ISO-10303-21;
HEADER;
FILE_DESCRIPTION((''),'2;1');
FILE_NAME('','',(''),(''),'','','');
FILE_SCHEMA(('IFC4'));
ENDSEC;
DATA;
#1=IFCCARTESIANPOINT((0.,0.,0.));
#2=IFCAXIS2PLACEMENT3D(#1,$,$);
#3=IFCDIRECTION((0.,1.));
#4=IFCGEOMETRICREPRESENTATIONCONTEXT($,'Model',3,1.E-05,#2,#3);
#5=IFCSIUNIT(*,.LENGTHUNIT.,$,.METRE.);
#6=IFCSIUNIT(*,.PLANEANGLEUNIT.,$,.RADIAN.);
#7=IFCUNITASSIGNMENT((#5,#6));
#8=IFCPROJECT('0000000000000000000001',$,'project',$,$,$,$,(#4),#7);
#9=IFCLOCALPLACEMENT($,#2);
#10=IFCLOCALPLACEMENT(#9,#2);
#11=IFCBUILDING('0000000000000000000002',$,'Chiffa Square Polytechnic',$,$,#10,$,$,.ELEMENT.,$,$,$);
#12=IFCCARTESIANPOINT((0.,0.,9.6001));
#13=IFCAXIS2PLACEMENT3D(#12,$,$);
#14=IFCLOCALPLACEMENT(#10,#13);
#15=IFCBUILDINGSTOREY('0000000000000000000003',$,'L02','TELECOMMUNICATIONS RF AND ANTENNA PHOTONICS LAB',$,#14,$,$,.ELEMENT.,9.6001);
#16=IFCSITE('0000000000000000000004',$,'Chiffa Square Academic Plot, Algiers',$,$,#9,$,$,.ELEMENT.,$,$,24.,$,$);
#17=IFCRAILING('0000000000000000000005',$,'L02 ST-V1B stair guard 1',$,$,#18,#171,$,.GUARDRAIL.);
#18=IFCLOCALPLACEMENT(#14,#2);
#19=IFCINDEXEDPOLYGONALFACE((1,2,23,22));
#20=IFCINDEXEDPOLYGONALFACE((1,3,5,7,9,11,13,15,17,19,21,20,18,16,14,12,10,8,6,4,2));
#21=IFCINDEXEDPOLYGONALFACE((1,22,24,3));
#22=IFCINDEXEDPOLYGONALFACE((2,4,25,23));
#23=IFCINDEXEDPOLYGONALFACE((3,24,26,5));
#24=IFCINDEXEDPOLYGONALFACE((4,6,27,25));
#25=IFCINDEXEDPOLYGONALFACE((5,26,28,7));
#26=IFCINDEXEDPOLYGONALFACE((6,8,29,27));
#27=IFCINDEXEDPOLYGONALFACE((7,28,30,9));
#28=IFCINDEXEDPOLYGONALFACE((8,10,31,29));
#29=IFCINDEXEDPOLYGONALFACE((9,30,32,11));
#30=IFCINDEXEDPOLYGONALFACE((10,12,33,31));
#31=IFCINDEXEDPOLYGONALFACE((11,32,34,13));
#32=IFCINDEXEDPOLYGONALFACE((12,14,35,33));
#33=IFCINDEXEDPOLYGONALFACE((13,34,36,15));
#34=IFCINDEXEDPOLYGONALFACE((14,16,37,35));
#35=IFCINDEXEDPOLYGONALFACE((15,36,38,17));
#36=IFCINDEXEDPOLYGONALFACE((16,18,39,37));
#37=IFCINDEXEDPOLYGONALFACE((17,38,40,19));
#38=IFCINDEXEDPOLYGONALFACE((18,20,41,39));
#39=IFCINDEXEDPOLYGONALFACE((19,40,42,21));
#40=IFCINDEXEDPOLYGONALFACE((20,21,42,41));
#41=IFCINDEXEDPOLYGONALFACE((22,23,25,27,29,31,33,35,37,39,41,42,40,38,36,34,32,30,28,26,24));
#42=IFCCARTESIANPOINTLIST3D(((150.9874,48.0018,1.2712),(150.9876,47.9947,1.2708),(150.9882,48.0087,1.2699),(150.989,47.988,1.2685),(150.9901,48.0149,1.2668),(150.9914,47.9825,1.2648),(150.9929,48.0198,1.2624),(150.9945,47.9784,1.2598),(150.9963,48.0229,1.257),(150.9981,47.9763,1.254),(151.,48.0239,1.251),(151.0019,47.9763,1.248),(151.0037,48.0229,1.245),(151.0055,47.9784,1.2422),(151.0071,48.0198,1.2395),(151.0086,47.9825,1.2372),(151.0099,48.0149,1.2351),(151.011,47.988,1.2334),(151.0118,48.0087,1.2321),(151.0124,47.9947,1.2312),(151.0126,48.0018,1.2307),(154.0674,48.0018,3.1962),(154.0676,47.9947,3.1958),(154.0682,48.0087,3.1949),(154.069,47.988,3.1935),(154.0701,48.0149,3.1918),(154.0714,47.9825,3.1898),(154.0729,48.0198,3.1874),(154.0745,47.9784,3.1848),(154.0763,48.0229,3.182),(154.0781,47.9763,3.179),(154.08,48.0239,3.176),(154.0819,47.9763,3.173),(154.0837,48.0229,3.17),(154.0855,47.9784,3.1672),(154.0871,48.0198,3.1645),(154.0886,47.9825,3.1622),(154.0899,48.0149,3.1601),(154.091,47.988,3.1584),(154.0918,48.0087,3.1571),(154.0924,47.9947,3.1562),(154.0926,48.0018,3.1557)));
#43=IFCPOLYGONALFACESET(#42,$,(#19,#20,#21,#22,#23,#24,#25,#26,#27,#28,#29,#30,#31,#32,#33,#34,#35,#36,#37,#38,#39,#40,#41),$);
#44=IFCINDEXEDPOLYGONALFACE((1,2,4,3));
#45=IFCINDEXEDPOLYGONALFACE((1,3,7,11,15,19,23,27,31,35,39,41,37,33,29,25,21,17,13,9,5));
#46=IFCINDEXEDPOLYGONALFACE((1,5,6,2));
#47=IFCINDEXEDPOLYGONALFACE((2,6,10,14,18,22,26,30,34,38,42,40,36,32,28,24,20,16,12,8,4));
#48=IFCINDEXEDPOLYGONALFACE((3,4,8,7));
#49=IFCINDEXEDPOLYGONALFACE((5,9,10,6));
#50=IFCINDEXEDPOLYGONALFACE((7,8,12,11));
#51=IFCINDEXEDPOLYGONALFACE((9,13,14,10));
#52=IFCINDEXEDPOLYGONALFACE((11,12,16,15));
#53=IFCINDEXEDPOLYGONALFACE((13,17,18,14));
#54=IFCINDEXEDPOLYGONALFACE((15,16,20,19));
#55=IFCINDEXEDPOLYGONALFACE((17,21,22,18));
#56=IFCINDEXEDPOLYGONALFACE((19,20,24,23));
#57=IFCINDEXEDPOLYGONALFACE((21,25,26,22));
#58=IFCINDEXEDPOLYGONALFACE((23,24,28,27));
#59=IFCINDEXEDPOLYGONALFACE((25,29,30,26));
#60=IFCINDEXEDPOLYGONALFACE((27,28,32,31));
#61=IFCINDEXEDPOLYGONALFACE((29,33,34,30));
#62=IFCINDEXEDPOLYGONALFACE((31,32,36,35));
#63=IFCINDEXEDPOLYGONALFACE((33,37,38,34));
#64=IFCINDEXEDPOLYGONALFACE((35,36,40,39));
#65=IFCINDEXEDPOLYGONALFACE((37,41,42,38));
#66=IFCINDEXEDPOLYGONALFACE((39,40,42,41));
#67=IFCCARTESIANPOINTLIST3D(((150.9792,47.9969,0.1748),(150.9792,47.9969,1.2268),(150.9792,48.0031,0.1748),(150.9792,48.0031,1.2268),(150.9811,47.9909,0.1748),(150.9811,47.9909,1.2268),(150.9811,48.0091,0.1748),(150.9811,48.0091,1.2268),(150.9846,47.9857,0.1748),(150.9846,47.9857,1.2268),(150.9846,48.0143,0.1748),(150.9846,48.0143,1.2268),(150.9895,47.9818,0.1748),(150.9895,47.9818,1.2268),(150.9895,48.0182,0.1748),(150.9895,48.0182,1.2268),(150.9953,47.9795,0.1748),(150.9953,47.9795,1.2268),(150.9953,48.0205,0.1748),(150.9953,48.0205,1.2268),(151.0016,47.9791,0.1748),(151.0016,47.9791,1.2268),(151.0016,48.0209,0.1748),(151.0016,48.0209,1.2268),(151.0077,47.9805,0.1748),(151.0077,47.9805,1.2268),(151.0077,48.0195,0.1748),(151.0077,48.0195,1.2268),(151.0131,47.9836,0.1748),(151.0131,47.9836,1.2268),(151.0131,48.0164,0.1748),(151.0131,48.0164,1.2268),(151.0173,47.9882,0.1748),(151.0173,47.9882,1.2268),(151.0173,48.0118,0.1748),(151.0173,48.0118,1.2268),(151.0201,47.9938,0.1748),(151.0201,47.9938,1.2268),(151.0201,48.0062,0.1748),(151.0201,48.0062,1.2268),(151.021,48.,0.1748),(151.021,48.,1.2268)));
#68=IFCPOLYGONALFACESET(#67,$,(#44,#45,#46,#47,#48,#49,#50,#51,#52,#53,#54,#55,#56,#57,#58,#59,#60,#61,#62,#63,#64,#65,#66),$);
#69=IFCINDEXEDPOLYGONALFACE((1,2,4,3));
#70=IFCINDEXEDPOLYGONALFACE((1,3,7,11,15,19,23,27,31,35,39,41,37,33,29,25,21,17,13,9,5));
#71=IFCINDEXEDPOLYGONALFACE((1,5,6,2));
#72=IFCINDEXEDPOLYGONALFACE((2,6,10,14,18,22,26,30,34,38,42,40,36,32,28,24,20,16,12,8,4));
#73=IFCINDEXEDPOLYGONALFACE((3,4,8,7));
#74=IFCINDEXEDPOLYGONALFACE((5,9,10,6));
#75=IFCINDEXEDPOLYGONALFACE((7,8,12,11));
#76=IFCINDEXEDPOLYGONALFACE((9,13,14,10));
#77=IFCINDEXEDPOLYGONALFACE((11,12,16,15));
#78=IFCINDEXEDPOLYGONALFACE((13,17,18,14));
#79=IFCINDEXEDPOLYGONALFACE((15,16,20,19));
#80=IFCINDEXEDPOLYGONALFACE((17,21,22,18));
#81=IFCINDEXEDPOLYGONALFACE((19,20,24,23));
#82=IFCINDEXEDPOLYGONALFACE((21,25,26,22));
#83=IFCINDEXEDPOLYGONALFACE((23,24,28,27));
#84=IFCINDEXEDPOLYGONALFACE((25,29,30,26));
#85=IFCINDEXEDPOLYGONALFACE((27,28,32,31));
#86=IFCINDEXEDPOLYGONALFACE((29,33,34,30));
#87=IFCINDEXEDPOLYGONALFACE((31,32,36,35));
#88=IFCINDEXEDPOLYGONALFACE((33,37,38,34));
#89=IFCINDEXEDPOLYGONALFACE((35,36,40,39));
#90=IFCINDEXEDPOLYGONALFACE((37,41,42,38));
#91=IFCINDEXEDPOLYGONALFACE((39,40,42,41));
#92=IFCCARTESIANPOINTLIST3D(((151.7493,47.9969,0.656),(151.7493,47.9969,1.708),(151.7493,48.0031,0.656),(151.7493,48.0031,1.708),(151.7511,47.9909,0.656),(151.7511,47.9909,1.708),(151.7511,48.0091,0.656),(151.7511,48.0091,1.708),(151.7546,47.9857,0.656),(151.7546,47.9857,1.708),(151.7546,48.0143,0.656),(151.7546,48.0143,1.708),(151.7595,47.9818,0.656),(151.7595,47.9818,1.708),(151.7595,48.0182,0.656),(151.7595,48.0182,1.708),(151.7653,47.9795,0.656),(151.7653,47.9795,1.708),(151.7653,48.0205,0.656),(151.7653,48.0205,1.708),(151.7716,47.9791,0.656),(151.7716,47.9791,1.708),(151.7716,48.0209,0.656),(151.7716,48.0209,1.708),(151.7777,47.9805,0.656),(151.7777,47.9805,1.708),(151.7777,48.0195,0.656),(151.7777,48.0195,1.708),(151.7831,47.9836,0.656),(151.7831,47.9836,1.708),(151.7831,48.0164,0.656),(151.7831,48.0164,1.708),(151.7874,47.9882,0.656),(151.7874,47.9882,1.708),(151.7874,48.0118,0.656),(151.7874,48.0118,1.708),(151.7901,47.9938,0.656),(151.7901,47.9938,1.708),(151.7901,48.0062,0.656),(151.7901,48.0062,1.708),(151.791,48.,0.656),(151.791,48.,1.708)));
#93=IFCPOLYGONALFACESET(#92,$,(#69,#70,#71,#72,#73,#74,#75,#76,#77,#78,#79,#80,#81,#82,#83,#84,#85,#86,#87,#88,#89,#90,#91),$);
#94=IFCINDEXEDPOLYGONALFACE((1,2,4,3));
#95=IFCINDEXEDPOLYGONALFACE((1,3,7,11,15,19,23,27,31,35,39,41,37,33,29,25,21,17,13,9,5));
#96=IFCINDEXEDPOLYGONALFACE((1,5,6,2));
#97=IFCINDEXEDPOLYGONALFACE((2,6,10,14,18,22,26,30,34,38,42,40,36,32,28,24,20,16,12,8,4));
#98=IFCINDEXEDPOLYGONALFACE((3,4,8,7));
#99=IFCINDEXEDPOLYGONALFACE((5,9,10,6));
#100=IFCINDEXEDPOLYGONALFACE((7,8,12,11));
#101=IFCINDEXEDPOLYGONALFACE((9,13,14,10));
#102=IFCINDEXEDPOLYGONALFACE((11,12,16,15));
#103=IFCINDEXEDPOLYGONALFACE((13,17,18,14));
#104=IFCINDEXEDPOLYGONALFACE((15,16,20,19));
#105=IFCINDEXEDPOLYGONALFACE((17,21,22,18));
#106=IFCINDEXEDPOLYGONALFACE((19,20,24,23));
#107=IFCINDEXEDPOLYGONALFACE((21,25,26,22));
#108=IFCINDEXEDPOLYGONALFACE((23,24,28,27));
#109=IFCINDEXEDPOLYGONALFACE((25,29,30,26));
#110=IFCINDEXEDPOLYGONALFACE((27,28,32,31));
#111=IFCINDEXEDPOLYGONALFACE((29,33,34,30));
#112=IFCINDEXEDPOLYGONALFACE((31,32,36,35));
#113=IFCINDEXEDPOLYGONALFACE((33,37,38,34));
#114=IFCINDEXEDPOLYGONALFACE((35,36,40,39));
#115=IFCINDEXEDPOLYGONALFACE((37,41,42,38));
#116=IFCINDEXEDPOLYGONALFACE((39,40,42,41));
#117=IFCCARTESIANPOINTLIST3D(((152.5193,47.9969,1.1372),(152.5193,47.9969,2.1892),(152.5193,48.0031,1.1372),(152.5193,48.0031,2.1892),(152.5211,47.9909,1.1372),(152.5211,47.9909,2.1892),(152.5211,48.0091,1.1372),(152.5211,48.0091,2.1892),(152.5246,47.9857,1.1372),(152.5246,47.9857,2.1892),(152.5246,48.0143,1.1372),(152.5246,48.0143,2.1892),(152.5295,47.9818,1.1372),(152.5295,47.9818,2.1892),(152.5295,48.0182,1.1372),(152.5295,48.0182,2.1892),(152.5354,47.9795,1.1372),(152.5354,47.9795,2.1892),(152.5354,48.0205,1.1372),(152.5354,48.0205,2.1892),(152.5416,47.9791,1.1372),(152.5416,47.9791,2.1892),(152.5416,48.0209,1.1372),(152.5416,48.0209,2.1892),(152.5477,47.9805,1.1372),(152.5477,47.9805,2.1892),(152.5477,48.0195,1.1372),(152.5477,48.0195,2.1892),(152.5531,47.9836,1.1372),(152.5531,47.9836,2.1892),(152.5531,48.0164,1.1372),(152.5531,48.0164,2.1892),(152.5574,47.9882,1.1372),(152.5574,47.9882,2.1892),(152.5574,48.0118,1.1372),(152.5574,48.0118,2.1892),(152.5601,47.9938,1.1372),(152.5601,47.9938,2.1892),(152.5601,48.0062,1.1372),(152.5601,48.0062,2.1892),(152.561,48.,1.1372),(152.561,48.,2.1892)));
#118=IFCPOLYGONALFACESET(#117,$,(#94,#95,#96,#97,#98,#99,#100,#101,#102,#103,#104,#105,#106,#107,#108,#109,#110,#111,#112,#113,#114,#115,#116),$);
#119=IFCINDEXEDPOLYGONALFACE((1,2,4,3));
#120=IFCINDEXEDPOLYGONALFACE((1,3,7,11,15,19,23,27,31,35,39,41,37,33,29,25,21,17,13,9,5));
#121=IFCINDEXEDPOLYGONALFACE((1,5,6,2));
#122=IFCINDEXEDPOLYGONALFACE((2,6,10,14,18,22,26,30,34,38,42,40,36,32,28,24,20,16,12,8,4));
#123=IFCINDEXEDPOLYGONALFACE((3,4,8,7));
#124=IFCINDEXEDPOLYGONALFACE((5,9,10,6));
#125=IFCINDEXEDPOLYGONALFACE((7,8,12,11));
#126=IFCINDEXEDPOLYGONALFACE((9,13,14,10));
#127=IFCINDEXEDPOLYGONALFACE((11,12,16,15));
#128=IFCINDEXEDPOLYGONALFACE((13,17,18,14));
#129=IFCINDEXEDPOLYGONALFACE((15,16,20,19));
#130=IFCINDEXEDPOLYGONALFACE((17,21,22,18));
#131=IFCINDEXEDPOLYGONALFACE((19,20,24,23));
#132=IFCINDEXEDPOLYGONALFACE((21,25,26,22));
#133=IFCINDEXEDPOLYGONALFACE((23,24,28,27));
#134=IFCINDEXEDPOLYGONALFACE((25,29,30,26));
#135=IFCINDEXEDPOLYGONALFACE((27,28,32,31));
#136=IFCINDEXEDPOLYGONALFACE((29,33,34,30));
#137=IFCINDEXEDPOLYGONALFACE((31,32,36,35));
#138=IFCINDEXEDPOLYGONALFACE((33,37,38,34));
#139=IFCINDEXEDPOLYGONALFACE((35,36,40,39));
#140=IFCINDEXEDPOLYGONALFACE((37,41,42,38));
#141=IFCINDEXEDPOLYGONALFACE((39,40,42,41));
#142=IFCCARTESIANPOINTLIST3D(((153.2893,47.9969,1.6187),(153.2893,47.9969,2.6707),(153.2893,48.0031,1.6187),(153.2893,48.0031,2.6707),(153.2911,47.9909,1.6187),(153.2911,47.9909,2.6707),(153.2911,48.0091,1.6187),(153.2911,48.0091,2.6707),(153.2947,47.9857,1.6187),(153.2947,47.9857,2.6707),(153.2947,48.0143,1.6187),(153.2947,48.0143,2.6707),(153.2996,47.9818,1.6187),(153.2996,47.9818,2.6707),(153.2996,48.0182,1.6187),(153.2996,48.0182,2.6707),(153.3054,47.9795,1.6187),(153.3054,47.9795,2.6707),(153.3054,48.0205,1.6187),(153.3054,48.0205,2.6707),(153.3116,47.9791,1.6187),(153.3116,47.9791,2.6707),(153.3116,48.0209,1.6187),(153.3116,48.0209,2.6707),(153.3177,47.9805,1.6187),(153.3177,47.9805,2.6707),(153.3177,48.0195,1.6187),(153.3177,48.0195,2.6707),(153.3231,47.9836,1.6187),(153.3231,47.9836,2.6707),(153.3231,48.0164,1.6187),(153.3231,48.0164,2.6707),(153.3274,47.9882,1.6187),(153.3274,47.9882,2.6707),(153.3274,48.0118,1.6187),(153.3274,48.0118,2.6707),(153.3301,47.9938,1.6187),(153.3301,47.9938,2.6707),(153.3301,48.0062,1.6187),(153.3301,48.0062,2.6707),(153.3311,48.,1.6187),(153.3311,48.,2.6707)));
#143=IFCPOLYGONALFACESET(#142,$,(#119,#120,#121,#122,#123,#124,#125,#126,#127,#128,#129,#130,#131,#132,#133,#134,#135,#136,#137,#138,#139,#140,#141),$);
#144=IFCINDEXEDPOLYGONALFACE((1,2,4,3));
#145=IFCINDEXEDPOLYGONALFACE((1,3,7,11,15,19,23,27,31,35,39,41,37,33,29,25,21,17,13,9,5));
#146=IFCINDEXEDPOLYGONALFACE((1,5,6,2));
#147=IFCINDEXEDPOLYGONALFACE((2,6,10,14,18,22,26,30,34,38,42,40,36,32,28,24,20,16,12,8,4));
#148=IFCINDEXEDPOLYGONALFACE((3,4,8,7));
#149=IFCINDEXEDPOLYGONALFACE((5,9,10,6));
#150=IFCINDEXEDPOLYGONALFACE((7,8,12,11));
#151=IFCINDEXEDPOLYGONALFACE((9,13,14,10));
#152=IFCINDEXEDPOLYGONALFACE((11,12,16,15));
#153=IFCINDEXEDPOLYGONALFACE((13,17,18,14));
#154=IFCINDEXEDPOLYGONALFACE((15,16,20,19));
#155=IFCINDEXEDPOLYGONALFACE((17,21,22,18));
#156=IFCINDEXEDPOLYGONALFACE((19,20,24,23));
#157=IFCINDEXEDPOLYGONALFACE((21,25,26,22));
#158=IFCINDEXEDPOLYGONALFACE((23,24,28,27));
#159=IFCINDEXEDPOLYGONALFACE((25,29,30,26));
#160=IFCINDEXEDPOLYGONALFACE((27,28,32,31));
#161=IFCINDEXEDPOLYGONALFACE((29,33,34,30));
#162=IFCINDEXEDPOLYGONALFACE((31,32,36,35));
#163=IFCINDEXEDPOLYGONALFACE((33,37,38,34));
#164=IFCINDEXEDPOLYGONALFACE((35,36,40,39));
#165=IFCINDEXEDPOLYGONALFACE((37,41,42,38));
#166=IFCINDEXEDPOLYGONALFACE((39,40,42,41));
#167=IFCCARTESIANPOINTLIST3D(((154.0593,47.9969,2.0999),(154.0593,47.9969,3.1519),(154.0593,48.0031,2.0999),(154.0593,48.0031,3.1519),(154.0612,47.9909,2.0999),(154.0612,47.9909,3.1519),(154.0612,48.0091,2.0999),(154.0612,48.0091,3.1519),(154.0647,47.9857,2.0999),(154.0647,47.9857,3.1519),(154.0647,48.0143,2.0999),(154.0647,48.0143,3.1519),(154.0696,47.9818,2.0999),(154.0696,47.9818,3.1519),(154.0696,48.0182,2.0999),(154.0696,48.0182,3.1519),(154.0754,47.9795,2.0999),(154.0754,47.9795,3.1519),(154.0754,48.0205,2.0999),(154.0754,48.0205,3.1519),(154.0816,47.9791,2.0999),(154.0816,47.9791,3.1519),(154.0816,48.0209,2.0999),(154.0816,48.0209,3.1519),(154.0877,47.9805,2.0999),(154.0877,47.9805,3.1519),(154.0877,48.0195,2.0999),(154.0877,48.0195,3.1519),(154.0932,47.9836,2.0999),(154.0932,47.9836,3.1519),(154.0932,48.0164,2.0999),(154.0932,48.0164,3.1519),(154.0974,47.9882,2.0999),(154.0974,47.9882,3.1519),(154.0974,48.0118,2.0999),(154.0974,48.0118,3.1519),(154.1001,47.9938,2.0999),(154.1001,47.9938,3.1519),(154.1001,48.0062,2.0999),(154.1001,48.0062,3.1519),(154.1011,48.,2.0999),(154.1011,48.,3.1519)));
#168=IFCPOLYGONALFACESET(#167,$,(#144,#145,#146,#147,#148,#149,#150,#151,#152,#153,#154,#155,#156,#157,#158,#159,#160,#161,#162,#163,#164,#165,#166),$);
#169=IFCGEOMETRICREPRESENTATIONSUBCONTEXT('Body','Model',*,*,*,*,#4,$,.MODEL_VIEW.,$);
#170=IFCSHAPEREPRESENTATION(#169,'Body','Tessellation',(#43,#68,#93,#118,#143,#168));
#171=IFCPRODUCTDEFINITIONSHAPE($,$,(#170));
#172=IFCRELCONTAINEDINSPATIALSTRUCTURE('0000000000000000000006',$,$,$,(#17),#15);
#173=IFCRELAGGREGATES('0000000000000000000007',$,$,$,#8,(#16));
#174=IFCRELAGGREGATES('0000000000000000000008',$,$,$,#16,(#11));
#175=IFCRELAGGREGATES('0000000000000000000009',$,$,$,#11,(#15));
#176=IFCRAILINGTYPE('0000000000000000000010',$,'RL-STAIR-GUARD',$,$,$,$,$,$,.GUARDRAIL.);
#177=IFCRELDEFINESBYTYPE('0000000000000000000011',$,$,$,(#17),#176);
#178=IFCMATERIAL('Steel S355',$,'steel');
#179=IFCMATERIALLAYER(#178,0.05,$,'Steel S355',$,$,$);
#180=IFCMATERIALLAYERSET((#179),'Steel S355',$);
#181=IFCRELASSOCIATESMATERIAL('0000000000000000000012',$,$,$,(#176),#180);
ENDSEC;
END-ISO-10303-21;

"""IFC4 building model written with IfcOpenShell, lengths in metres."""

from ifc_helpers import new_model, si_unit, direction, frame, origin, origin_2d, place, context, subcontext, project, spatial, circle, extrude, material, layer, layer_set, type_object, element, save


model = new_model("IFC4")

# Units and contexts
model_context = context("Model", 3, precision=1e-05, world=origin(), true_north=direction((0.0, 1.0)))
body_context = subcontext(model_context, "Body", "Model", "MODEL_VIEW")
ifc_project = project(units=[si_unit("LENGTHUNIT", "METRE"), si_unit("PLANEANGLEUNIT", "RADIAN")], contexts=[model_context])

# Site, building, storey
site_placement = place(None, origin())
site = spatial("IfcSite", under=ifc_project, at=site_placement, Name="Chiffa Square Academic Plot, Algiers", CompositionType="ELEMENT", RefElevation=24.0)
building_placement = place(site_placement, origin())
building = spatial("IfcBuilding", under=site, at=building_placement, Name="Chiffa Square Polytechnic", CompositionType="ELEMENT")
storey_placement = place(building_placement, frame((0.0, 0.0, 9.6001)))
storey = spatial("IfcBuildingStorey", under=building, at=storey_placement, Name="L02", Description="TELECOMMUNICATIONS RF AND ANTENNA PHOTONICS LAB", CompositionType="ELEMENT", Elevation=9.6001)

# Shared definitions
ifc_material_1 = material(Name="Steel S355", Category="steel")

# Railing
ifc_layer_1 = layer(ifc_material_1, 0.05, Name="Steel S355")
ifc_layer_set_1 = layer_set([ifc_layer_1], Name="Steel S355")
railing_type_1 = type_object("IfcRailingType", Name="RL-STAIR-GUARD", PredefinedType="GUARDRAIL", material=ifc_layer_set_1)
railing_1_placement = place(storey_placement, frame((151.0, 48.0, 0.1748)))
element("IfcRailing", 1, at=railing_1_placement, inside=storey, type_object=railing_type_1, Name="L02 ST-V1B stair guard 1", PredefinedType="GUARDRAIL", context=body_context, shape_type="SweptSolid", body=[
    extrude(circle(Radius=0.0239, at=origin_2d()), frame((0.0, 0.0, 1.0762), z_axis=(0.847998, 0.0, 0.529999), x_axis=(0.0, 1.0, 0.0)), (0.0, 0.0, 1.0), 3.6321),
    extrude(circle(Radius=0.021, at=origin_2d()), origin(), (0.0, 0.0, 1.0), 1.052),
    extrude(circle(Radius=0.021, at=origin_2d()), frame((0.77, 0.0, 0.4812)), (0.0, 0.0, 1.0), 1.052),
    extrude(circle(Radius=0.021, at=origin_2d()), frame((1.54, 0.0, 0.9624)), (0.0, 0.0, 1.0), 1.052),
    extrude(circle(Radius=0.021, at=origin_2d()), frame((2.3101, 0.0, 1.4438)), (0.0, 0.0, 1.0), 1.052),
    extrude(circle(Radius=0.021, at=origin_2d()), frame((3.0801, 0.0, 1.925)), (0.0, 0.0, 1.0), 1.052),
])

save(model, "model.ifc")
